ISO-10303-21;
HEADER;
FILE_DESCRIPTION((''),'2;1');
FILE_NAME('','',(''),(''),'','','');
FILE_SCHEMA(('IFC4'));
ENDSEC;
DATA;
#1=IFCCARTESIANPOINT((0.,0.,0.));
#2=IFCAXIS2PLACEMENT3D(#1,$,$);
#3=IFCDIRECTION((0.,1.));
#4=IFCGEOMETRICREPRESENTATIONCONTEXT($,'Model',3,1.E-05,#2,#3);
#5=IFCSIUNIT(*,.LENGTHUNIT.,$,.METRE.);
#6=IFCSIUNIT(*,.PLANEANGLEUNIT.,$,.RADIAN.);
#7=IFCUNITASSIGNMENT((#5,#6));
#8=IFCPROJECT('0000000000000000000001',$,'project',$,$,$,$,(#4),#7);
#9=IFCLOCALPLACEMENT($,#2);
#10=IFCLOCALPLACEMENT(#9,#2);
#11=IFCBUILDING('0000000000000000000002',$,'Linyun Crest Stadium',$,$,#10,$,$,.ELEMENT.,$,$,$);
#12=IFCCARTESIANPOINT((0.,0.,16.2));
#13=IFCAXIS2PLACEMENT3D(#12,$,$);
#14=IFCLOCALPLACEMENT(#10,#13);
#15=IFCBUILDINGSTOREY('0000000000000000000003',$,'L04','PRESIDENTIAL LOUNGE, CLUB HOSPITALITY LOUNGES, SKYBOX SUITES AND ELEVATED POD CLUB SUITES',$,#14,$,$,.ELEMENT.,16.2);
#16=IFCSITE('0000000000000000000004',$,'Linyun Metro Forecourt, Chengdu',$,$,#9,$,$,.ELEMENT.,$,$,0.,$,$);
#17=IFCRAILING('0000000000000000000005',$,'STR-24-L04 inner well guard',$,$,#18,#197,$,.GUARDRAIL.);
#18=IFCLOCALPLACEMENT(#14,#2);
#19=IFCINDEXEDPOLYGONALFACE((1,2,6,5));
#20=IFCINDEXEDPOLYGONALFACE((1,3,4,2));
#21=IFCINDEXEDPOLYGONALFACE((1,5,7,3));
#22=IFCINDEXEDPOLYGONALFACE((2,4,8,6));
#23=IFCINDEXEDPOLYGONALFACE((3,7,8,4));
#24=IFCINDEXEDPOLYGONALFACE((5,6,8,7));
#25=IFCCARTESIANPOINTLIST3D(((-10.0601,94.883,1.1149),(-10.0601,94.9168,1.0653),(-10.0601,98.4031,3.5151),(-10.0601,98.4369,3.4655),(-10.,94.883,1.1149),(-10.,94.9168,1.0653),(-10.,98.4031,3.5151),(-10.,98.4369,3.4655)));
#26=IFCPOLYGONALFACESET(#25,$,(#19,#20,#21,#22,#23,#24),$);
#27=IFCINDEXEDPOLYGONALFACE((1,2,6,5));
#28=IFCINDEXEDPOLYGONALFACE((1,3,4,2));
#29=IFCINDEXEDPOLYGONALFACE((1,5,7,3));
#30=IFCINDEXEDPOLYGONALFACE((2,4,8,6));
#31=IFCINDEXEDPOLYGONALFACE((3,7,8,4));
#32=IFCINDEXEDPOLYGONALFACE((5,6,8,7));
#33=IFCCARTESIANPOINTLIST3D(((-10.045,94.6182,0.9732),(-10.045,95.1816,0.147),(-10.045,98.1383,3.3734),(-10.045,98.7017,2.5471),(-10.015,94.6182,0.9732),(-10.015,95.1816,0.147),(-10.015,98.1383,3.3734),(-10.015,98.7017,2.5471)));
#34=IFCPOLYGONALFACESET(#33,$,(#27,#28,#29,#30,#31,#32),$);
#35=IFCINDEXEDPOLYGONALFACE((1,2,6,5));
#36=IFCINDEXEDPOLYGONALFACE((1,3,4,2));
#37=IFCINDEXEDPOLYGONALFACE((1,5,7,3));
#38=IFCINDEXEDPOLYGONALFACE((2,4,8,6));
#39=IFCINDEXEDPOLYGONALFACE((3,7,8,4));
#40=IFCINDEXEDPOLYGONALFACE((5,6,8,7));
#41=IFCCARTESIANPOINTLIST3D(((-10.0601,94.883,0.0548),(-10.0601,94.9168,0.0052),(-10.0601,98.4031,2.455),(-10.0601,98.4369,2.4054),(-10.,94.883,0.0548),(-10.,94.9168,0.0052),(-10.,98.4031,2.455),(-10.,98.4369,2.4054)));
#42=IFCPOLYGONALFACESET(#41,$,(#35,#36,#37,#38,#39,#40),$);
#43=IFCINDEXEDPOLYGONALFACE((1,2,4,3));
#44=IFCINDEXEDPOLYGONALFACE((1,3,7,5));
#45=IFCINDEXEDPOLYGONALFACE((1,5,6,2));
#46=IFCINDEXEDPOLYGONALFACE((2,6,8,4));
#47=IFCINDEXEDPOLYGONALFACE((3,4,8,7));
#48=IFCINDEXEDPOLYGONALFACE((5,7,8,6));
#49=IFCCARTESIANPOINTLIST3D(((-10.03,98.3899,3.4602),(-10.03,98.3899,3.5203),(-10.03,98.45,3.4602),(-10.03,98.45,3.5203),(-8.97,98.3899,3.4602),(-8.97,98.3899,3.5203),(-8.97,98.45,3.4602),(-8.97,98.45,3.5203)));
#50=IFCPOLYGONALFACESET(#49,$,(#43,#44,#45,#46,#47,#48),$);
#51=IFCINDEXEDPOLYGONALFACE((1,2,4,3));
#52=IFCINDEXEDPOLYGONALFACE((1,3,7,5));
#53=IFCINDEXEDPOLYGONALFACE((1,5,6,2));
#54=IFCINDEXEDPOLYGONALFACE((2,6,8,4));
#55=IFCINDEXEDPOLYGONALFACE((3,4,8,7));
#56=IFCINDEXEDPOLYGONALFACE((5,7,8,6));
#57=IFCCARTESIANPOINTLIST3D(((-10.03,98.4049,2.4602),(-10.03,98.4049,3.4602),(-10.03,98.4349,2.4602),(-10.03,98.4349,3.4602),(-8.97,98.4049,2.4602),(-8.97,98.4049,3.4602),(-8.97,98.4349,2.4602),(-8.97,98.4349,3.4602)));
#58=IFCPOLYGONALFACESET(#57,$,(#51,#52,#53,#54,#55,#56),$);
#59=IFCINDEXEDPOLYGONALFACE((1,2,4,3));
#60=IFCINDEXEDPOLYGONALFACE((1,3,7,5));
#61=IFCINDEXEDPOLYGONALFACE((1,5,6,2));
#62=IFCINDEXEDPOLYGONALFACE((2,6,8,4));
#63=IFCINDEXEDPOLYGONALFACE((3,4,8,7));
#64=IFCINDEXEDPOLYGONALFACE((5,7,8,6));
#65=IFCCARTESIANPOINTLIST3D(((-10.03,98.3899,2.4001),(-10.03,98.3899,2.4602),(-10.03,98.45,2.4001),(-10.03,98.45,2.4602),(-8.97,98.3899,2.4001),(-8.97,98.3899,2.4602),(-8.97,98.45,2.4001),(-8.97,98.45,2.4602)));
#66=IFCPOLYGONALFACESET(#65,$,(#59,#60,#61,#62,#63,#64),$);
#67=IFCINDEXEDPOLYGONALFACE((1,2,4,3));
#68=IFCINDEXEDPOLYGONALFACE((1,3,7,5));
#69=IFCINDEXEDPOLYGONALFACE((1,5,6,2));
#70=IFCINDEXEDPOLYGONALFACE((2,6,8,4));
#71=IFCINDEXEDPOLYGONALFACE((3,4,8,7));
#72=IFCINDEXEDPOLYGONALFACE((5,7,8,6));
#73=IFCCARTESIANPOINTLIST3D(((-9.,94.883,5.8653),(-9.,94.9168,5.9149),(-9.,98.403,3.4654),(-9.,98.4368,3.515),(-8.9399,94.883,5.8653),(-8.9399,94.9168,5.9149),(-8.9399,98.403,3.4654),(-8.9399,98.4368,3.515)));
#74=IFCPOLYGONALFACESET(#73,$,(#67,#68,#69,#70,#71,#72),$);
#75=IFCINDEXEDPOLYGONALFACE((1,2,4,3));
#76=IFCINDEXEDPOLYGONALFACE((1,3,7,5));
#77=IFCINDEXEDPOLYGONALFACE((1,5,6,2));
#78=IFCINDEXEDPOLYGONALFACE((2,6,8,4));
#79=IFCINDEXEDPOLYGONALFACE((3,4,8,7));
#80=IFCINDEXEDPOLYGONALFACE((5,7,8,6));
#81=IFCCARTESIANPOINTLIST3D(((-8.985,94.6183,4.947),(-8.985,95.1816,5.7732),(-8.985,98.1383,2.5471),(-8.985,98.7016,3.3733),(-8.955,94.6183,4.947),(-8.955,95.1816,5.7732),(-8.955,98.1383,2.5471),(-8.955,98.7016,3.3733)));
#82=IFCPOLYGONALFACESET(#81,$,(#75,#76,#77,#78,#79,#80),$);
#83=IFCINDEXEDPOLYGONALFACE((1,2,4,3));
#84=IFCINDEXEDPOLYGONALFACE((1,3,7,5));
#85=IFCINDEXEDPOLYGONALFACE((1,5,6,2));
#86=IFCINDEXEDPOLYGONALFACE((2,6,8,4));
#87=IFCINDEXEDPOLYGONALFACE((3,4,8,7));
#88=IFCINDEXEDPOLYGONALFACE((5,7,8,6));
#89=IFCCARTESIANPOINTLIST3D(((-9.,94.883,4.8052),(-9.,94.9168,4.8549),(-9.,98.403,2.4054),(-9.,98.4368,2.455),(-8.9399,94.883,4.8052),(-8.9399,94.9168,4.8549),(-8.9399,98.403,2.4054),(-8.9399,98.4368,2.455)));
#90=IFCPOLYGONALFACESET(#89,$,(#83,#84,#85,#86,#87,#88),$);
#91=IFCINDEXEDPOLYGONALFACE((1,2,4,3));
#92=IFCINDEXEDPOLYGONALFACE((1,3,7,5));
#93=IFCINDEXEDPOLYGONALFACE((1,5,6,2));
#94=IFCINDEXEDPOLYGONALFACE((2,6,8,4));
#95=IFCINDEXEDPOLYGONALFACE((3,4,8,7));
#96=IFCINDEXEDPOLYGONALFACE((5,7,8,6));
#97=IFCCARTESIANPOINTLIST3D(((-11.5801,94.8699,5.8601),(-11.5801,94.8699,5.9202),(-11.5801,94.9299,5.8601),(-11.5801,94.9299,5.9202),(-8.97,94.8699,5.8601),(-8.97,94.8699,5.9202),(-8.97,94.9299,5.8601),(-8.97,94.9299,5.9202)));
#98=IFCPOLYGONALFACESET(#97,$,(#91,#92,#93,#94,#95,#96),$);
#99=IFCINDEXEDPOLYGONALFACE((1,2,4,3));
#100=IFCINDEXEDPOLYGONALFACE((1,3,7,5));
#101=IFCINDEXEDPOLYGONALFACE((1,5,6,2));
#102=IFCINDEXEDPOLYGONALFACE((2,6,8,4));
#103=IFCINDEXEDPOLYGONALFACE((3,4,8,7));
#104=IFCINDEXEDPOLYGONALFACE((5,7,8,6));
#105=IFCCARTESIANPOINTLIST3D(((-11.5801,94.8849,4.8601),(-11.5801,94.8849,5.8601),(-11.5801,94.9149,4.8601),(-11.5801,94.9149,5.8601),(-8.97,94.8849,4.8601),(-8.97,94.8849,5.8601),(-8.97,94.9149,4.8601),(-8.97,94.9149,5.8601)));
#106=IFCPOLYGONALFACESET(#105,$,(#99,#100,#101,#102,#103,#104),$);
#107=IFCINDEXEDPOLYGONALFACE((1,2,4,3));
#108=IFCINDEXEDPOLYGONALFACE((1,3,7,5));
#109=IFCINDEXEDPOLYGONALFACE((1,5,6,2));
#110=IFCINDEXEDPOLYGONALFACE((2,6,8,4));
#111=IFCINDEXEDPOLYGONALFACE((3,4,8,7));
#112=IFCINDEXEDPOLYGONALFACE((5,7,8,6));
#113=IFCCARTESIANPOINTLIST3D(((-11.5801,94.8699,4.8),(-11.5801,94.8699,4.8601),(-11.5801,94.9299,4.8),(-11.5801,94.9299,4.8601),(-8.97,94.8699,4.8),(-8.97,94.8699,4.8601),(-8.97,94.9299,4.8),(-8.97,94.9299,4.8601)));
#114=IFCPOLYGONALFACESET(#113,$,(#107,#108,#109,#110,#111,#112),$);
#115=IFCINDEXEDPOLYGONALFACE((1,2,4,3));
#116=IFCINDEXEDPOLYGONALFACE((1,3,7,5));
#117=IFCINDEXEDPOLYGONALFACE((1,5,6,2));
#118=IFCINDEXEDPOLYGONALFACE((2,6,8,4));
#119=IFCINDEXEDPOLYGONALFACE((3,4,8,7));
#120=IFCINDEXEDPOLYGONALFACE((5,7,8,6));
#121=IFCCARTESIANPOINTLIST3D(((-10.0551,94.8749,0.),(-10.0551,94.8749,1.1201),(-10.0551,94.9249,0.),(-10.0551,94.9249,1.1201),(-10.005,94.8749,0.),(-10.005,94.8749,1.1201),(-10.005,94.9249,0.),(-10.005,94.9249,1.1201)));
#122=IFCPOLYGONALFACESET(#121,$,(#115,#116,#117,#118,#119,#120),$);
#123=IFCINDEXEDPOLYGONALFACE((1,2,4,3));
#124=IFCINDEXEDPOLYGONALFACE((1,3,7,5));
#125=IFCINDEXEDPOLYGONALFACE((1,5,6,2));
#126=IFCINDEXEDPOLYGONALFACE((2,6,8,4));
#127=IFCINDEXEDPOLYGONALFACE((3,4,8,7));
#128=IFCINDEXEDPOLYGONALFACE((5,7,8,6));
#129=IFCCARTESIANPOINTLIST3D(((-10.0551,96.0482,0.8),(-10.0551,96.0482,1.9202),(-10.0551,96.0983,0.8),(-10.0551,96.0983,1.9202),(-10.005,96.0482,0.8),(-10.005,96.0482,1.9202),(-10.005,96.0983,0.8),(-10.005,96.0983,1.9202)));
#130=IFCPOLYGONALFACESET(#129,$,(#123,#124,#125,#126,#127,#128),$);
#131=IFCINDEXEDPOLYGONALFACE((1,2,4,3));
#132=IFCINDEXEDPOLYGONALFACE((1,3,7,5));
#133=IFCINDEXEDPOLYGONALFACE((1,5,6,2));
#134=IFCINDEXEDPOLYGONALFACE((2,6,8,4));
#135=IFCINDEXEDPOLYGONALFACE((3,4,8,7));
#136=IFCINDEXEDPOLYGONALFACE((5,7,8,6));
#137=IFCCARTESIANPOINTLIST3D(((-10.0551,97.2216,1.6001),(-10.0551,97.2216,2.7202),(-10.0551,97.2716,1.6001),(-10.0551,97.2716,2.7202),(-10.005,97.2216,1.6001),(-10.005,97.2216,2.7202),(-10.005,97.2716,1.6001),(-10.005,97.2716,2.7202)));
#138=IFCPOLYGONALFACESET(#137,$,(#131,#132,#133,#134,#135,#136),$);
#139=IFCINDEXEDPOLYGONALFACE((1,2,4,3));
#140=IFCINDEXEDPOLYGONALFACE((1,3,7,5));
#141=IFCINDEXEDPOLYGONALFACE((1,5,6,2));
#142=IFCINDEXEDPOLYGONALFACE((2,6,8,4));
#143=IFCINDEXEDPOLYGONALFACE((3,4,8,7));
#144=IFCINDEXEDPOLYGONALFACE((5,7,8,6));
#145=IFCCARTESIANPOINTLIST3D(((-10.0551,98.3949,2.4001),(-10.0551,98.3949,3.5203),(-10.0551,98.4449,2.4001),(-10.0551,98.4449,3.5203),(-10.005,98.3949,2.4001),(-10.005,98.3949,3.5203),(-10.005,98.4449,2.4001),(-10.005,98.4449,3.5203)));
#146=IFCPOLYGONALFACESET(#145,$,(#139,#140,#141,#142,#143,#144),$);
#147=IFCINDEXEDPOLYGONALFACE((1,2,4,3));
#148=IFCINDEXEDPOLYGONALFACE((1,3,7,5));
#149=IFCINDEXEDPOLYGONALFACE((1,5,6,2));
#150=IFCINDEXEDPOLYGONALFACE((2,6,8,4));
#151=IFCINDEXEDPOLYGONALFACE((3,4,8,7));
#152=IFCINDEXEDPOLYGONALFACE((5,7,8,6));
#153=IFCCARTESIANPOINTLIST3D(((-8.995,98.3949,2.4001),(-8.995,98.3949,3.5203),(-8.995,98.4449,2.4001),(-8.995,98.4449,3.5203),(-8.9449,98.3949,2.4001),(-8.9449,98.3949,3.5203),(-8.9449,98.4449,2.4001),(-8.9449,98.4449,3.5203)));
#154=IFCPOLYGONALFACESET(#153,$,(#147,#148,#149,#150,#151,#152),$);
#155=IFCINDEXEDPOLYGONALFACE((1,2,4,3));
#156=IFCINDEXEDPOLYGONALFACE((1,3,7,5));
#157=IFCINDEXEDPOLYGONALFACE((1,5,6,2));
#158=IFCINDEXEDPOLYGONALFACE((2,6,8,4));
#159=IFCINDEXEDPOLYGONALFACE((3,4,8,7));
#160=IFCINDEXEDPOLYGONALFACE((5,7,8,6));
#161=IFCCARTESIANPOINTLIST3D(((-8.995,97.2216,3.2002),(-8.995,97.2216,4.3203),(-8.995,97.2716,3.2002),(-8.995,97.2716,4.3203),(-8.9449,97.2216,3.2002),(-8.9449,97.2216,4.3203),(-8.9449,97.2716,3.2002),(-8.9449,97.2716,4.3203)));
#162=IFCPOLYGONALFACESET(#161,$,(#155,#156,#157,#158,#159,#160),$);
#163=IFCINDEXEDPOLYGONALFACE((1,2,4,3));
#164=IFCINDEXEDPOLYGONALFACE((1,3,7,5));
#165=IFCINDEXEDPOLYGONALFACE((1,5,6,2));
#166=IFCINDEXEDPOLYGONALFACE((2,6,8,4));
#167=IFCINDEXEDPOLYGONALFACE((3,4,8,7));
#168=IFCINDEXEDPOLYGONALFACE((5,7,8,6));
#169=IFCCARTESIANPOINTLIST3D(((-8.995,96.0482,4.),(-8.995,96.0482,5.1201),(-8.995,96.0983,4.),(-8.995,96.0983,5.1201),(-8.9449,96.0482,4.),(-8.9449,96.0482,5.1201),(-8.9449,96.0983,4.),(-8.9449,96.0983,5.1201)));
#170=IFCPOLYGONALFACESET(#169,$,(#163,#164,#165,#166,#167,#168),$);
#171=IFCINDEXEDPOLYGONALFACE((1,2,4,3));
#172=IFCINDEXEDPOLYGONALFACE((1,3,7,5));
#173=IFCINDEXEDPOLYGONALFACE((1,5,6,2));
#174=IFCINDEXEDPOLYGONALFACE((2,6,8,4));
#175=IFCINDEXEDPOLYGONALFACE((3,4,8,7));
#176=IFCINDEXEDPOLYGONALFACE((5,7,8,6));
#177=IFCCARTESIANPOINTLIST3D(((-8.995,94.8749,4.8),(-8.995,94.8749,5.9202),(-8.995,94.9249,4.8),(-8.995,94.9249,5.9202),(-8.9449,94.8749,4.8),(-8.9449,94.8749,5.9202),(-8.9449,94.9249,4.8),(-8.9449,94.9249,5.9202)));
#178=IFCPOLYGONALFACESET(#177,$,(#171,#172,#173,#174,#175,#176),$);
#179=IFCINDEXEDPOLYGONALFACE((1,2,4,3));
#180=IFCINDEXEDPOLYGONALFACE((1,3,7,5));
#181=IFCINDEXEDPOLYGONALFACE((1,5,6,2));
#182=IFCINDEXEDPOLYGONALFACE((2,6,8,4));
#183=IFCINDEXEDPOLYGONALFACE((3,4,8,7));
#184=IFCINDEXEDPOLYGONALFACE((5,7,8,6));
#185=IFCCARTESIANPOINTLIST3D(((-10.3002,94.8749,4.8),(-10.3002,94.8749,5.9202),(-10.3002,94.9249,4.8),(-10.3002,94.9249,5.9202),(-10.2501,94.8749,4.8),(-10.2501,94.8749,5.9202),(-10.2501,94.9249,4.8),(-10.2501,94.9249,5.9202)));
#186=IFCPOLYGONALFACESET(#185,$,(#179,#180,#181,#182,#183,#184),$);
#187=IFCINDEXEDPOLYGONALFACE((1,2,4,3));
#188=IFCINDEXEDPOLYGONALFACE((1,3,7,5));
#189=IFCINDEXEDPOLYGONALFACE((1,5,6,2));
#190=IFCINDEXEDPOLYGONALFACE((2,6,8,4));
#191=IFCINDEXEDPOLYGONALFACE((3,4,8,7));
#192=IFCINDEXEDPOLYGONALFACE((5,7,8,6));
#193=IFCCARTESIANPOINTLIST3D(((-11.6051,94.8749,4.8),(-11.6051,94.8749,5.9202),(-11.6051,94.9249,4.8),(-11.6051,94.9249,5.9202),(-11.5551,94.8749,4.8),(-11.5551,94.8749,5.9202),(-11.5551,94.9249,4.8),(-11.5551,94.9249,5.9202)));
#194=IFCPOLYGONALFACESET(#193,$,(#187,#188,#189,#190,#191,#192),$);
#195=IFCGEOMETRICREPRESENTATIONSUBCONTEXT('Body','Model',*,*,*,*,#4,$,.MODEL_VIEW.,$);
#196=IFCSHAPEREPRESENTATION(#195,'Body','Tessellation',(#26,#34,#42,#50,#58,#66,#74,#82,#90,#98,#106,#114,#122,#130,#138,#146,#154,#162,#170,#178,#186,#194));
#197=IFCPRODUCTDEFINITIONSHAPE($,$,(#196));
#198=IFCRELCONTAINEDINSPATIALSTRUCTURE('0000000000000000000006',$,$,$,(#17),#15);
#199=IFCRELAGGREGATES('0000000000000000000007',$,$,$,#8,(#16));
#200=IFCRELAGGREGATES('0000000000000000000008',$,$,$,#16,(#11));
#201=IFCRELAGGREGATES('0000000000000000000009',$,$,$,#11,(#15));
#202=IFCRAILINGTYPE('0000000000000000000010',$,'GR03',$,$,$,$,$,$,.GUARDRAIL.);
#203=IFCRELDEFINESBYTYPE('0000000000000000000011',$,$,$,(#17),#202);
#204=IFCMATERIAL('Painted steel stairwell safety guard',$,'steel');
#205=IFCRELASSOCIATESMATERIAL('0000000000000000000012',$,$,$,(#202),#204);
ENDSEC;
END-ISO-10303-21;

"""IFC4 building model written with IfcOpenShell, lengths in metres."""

from ifc_helpers import new_model, si_unit, direction, frame, origin, origin_2d, place, context, subcontext, project, spatial, rectangle, extrude, material, type_object, element, save


model = new_model("IFC4")

# Units and contexts
model_context = context("Model", 3, precision=1e-05, world=origin(), true_north=direction((0.0, 1.0)))
body_context = subcontext(model_context, "Body", "Model", "MODEL_VIEW")
ifc_project = project(units=[si_unit("LENGTHUNIT", "METRE"), si_unit("PLANEANGLEUNIT", "RADIAN")], contexts=[model_context])

# Site, building, storey
site_placement = place(None, origin())
site = spatial("IfcSite", under=ifc_project, at=site_placement, Name="Linyun Metro Forecourt, Chengdu", CompositionType="ELEMENT", RefElevation=0.0)
building_placement = place(site_placement, origin())
building = spatial("IfcBuilding", under=site, at=building_placement, Name="Linyun Crest Stadium", CompositionType="ELEMENT")
storey_placement = place(building_placement, frame((0.0, 0.0, 16.2)))
storey = spatial("IfcBuildingStorey", under=building, at=storey_placement, Name="L04", Description="PRESIDENTIAL LOUNGE, CLUB HOSPITALITY LOUNGES, SKYBOX SUITES AND ELEVATED POD CLUB SUITES", CompositionType="ELEMENT", Elevation=16.2)

# Railing
ifc_material_1 = material(Name="Painted steel stairwell safety guard", Category="steel")
railing_type_1 = type_object("IfcRailingType", Name="GR03", PredefinedType="GUARDRAIL", material=ifc_material_1)
railing_1_placement = place(storey_placement, frame((-10.03, 94.8999, 0.0)))
element("IfcRailing", 1, at=railing_1_placement, inside=storey, type_object=railing_type_1, Name="STR-24-L04 inner well guard", PredefinedType="GUARDRAIL", context=body_context, shape_type="SweptSolid", body=[
    extrude(rectangle(XDim=0.0601, YDim=0.0601, at=origin_2d()), frame((0.0, 0.0, 1.0901), z_axis=(0.0, 0.826213, 0.563358), x_axis=(-1.0, 0.0, 0.0)), (0.0, 0.0, 1.0), 4.2605),
    extrude(rectangle(XDim=0.03, YDim=1.0, at=origin_2d()), frame((0.0, 0.0, 0.5601), z_axis=(0.0, 0.826213, 0.563358), x_axis=(-1.0, 0.0, 0.0)), (0.0, 0.0, 1.0), 4.2605),
    extrude(rectangle(XDim=0.0601, YDim=0.0601, at=origin_2d()), frame((0.0, 0.0, 0.03), z_axis=(0.0, 0.826213, 0.563358), x_axis=(-1.0, 0.0, 0.0)), (0.0, 0.0, 1.0), 4.2605),
    extrude(rectangle(XDim=0.0601, YDim=0.0601, at=origin_2d()), frame((0.0, 3.52, 3.4902), z_axis=(1.0, 0.0, 0.0), x_axis=(0.0, 1.0, 0.0)), (0.0, 0.0, 1.0), 1.0601),
    extrude(rectangle(XDim=0.03, YDim=1.0, at=origin_2d()), frame((0.0, 3.52, 2.9602), z_axis=(1.0, 0.0, 0.0), x_axis=(0.0, 1.0, 0.0)), (0.0, 0.0, 1.0), 1.0601),
    extrude(rectangle(XDim=0.0601, YDim=0.0601, at=origin_2d()), frame((0.0, 3.52, 2.4302), z_axis=(1.0, 0.0, 0.0), x_axis=(0.0, 1.0, 0.0)), (0.0, 0.0, 1.0), 1.0601),
    extrude(rectangle(XDim=0.0601, YDim=0.0601, at=origin_2d()), frame((1.0601, 3.52, 3.4902), z_axis=(0.0, -0.826239, 0.563319), x_axis=(1.0, 0.0, 0.0)), (0.0, 0.0, 1.0), 4.2603),
    extrude(rectangle(XDim=0.03, YDim=1.0, at=origin_2d()), frame((1.0601, 3.52, 2.9602), z_axis=(0.0, -0.826239, 0.563319), x_axis=(1.0, 0.0, 0.0)), (0.0, 0.0, 1.0), 4.2603),
    extrude(rectangle(XDim=0.0601, YDim=0.0601, at=origin_2d()), frame((1.0601, 3.52, 2.4302), z_axis=(0.0, -0.826239, 0.563319), x_axis=(1.0, 0.0, 0.0)), (0.0, 0.0, 1.0), 4.2603),
    extrude(rectangle(XDim=0.0601, YDim=0.0601, at=origin_2d()), frame((1.0601, 0.0, 5.8901), z_axis=(-1.0, 0.0, 0.0), x_axis=(0.0, -1.0, 0.0)), (0.0, 0.0, 1.0), 2.6101),
    extrude(rectangle(XDim=0.03, YDim=1.0, at=origin_2d()), frame((1.0601, 0.0, 5.3601), z_axis=(-1.0, 0.0, 0.0), x_axis=(0.0, -1.0, 0.0)), (0.0, 0.0, 1.0), 2.6101),
    extrude(rectangle(XDim=0.0601, YDim=0.0601, at=origin_2d()), frame((1.0601, 0.0, 4.8301), z_axis=(-1.0, 0.0, 0.0), x_axis=(0.0, -1.0, 0.0)), (0.0, 0.0, 1.0), 2.6101),
    extrude(rectangle(XDim=0.05, YDim=0.05, at=origin_2d()), origin(), (0.0, 0.0, 1.0), 1.1201),
    extrude(rectangle(XDim=0.05, YDim=0.05, at=origin_2d()), frame((0.0, 1.1733, 0.8)), (0.0, 0.0, 1.0), 1.1201),
    extrude(rectangle(XDim=0.05, YDim=0.05, at=origin_2d()), frame((0.0, 2.3467, 1.6001)), (0.0, 0.0, 1.0), 1.1201),
    extrude(rectangle(XDim=0.05, YDim=0.05, at=origin_2d()), frame((0.0, 3.52, 2.4001)), (0.0, 0.0, 1.0), 1.1201),
    extrude(rectangle(XDim=0.05, YDim=0.05, at=origin_2d()), frame((1.0601, 3.52, 2.4001)), (0.0, 0.0, 1.0), 1.1201),
    extrude(rectangle(XDim=0.05, YDim=0.05, at=origin_2d()), frame((1.0601, 2.3467, 3.2002)), (0.0, 0.0, 1.0), 1.1201),
    extrude(rectangle(XDim=0.05, YDim=0.05, at=origin_2d()), frame((1.0601, 1.1733, 4.0)), (0.0, 0.0, 1.0), 1.1201),
    extrude(rectangle(XDim=0.05, YDim=0.05, at=origin_2d()), frame((1.0601, 0.0, 4.8)), (0.0, 0.0, 1.0), 1.1201),
    extrude(rectangle(XDim=0.05, YDim=0.05, at=origin_2d()), frame((-0.2451, 0.0, 4.8)), (0.0, 0.0, 1.0), 1.1201),
    extrude(rectangle(XDim=0.05, YDim=0.05, at=origin_2d()), frame((-1.55, 0.0, 4.8)), (0.0, 0.0, 1.0), 1.1201),
])

save(model, "model.ifc")
